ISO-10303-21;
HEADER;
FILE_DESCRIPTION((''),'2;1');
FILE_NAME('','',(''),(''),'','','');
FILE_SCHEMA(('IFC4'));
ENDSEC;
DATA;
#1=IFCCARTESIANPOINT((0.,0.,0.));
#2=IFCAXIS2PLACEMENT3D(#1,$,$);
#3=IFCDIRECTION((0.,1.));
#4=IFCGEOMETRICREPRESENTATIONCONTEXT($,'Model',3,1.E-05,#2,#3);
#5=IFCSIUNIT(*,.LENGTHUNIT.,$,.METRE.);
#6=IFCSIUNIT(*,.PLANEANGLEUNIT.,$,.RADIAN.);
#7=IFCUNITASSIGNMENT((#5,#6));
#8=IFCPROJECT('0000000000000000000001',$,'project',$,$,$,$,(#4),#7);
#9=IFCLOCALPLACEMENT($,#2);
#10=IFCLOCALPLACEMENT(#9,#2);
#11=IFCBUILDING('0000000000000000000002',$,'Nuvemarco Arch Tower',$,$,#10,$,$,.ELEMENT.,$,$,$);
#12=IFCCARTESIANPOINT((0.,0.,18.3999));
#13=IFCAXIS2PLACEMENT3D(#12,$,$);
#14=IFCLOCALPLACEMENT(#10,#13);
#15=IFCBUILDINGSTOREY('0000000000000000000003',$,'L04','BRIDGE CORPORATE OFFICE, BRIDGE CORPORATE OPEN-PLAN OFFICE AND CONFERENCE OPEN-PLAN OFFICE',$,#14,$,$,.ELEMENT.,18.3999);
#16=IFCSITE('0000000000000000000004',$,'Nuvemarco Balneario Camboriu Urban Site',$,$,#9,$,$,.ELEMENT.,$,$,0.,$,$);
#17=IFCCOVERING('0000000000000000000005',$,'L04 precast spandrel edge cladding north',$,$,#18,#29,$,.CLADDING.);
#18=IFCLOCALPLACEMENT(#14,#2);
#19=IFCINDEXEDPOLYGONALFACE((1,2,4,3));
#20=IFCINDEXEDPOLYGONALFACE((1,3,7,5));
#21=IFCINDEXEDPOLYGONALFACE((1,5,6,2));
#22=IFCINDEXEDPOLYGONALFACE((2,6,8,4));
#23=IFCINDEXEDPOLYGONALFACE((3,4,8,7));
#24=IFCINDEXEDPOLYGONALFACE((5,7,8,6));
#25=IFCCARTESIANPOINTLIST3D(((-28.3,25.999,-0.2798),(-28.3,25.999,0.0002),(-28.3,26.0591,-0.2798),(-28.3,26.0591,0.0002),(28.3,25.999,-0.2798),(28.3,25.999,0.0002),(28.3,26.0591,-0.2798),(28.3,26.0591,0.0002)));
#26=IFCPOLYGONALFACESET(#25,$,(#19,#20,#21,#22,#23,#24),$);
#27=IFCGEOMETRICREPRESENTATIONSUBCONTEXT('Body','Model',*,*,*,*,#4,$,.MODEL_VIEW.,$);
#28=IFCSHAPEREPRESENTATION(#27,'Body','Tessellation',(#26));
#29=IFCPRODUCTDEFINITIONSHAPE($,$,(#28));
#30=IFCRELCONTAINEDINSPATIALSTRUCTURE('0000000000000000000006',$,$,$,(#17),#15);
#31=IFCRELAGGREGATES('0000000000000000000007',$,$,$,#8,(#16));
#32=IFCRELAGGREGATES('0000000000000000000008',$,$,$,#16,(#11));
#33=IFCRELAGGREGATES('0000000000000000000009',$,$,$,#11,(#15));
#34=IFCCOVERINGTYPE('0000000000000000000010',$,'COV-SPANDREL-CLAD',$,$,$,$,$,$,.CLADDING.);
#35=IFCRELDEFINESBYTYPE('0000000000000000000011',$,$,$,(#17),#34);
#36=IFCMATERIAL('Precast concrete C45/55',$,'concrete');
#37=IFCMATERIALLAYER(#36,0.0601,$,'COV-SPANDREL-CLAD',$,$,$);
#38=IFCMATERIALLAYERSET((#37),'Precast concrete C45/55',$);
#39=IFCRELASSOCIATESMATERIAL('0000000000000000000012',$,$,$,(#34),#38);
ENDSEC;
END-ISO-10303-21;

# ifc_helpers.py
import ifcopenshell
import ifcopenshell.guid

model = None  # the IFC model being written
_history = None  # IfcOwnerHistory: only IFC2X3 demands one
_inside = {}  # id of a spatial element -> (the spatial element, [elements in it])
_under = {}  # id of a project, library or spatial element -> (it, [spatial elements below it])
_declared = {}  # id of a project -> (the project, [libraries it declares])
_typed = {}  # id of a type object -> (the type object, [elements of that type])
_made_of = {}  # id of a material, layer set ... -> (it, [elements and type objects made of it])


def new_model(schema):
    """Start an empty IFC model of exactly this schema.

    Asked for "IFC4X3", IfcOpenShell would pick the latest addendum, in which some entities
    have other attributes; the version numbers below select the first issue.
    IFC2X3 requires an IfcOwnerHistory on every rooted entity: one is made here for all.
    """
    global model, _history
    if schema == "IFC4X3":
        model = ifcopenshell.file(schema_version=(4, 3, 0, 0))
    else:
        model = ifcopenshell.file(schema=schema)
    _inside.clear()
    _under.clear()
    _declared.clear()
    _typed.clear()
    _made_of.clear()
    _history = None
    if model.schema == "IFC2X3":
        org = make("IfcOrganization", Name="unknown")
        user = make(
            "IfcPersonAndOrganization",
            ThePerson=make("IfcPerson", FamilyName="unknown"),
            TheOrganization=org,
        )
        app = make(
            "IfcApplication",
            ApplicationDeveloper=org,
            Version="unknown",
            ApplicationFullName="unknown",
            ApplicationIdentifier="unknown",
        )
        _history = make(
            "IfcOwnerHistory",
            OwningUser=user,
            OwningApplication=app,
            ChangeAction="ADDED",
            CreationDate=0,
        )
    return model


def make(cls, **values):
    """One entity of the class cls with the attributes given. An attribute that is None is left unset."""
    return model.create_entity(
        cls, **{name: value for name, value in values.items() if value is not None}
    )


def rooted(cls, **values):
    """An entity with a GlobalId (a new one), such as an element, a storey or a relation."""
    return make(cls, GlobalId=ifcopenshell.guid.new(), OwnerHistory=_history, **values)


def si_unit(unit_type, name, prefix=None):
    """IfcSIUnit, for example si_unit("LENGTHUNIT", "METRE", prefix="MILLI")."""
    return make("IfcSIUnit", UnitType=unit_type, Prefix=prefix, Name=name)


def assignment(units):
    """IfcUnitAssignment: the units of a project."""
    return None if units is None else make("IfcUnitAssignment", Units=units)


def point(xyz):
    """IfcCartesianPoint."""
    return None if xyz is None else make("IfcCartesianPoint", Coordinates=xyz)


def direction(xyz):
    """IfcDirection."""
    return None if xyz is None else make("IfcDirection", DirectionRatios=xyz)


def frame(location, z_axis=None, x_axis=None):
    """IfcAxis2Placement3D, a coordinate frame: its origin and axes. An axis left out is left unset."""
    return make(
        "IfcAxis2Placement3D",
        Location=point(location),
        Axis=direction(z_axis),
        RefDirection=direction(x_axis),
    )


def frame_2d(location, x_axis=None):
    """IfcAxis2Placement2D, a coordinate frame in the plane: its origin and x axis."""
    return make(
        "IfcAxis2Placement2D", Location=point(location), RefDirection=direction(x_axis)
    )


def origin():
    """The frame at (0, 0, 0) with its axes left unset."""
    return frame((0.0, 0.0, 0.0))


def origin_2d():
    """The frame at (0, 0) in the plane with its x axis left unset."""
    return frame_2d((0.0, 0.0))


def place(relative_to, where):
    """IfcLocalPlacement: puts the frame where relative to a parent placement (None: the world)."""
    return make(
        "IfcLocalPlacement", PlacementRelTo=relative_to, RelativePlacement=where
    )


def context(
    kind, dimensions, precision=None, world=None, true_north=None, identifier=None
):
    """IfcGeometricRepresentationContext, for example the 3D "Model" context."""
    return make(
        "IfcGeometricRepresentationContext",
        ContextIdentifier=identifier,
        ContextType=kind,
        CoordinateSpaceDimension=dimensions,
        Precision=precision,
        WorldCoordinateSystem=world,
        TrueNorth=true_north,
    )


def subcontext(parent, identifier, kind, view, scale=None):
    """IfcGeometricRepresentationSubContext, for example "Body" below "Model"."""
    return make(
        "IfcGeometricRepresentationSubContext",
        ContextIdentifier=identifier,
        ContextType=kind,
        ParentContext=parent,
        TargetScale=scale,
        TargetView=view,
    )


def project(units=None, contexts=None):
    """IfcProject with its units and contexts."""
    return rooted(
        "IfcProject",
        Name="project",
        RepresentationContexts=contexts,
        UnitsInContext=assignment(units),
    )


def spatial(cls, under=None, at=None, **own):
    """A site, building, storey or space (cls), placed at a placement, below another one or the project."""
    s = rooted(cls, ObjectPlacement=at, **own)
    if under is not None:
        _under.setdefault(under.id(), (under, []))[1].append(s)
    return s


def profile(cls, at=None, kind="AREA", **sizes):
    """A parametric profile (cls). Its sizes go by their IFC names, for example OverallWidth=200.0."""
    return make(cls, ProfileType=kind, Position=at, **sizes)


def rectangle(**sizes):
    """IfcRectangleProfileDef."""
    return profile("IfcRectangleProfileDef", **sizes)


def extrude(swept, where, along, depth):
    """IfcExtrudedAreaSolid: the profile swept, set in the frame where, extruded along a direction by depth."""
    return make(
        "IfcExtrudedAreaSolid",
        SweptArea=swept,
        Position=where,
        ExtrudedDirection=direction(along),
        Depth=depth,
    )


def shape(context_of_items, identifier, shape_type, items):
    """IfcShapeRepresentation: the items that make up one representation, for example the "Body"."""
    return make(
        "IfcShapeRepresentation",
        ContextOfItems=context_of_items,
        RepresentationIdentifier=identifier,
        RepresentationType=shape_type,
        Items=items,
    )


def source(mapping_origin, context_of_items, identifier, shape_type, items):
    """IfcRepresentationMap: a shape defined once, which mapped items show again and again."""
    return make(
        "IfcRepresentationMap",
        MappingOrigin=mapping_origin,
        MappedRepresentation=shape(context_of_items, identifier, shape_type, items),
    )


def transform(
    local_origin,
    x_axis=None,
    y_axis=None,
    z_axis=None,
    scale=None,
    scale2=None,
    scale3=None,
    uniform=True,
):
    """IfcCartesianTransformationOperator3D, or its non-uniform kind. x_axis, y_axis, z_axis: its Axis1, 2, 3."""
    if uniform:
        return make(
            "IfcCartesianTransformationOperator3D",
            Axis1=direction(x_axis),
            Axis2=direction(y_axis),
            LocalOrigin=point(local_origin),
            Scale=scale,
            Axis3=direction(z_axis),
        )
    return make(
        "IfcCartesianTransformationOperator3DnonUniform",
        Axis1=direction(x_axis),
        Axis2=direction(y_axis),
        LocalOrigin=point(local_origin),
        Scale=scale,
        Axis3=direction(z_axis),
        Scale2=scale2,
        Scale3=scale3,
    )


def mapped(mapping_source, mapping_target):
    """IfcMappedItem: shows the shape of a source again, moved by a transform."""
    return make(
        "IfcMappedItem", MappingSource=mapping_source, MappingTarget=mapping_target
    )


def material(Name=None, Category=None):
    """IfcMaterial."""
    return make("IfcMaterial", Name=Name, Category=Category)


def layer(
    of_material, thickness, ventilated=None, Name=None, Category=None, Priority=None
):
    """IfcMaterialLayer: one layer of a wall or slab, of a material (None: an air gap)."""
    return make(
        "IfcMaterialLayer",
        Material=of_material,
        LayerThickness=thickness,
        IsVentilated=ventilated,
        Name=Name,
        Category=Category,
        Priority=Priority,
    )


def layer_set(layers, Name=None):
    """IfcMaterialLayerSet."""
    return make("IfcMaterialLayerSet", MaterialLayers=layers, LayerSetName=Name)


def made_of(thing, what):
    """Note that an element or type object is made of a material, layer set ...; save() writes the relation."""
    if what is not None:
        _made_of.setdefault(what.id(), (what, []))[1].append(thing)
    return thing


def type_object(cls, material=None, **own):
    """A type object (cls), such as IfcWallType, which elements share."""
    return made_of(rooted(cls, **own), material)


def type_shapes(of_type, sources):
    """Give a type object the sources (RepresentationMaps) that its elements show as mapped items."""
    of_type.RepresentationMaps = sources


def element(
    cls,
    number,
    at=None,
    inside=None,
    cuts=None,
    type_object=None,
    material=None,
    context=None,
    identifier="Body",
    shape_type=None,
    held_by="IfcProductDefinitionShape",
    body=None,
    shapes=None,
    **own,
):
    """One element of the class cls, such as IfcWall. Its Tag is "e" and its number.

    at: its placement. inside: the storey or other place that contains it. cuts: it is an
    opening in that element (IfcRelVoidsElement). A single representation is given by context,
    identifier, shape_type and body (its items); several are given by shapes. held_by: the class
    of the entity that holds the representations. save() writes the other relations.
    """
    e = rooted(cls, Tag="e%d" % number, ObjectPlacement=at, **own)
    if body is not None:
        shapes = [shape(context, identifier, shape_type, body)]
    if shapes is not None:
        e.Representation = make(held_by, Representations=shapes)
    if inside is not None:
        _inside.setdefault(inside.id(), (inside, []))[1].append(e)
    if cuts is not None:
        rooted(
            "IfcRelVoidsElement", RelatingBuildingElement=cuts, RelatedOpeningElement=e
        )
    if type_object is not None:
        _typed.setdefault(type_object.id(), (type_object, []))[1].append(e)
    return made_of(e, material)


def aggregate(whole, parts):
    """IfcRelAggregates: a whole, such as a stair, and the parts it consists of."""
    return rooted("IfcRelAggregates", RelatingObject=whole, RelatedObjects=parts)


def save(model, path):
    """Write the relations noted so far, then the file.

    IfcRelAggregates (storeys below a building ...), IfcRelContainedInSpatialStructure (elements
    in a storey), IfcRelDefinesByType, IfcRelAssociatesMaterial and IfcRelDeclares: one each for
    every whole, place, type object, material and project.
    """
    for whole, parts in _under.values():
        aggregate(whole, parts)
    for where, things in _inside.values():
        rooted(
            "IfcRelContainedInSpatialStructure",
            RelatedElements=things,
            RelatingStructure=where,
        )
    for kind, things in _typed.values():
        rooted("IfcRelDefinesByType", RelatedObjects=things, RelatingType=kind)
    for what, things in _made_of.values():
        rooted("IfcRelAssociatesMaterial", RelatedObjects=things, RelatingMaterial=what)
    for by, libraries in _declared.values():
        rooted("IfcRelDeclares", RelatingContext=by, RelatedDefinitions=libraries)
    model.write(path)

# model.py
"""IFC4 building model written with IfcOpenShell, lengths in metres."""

from ifc_helpers import new_model, si_unit, direction, frame, origin, origin_2d, place, context, subcontext, project, spatial, rectangle, extrude, source, transform, mapped, material, layer, layer_set, type_object, type_shapes, element, save


model = new_model("IFC4")

# Units and contexts
model_context = context("Model", 3, precision=1e-05, world=origin(), true_north=direction((0.0, 1.0)))
body_context = subcontext(model_context, "Body", "Model", "MODEL_VIEW")
ifc_project = project(units=[si_unit("LENGTHUNIT", "METRE"), si_unit("PLANEANGLEUNIT", "RADIAN")], contexts=[model_context])

# Site, building, storey
site_placement = place(None, origin())
site = spatial("IfcSite", under=ifc_project, at=site_placement, Name="Nuvemarco Balneario Camboriu Urban Site", CompositionType="ELEMENT", RefElevation=0.0)
building_placement = place(site_placement, origin())
building = spatial("IfcBuilding", under=site, at=building_placement, Name="Nuvemarco Arch Tower", CompositionType="ELEMENT")
storey_placement = place(building_placement, frame((0.0, 0.0, 18.3999)))
storey = spatial("IfcBuildingStorey", under=building, at=storey_placement, Name="L04", Description="BRIDGE CORPORATE OFFICE, BRIDGE CORPORATE OPEN-PLAN OFFICE AND CONFERENCE OPEN-PLAN OFFICE", CompositionType="ELEMENT", Elevation=18.3999)

# Shared definitions
ifc_material_1 = material(Name="Precast concrete C45/55", Category="concrete")

# Covering
ifc_layer_1 = layer(ifc_material_1, 0.0601, Name="COV-SPANDREL-CLAD")
ifc_layer_set_1 = layer_set([ifc_layer_1], Name="Precast concrete C45/55")
covering_type = type_object("IfcCoveringType", Name="COV-SPANDREL-CLAD", PredefinedType="CLADDING", material=ifc_layer_set_1)
shared_shape_1 = source(origin(), body_context, "Body", "SweptSolid", [
    extrude(rectangle(XDim=56.6001, YDim=0.0601, at=origin_2d()), origin(), (0.0, 0.0, 1.0), 0.28),
])
type_shapes(covering_type, [shared_shape_1])
covering_placement = place(storey_placement, frame((0.0, 26.0291, -0.2798), z_axis=(0.0, 0.0, 1.0), x_axis=(1.0, 0.0, 0.0)))
element("IfcCovering", 1, at=covering_placement, inside=storey, type_object=covering_type, Name="L04 precast spandrel edge cladding north", PredefinedType="CLADDING", context=body_context, shape_type="MappedRepresentation", body=[
    mapped(shared_shape_1, transform((0.0, 0.0, 0.0), scale=1.0)),
])

save(model, "model.ifc")
